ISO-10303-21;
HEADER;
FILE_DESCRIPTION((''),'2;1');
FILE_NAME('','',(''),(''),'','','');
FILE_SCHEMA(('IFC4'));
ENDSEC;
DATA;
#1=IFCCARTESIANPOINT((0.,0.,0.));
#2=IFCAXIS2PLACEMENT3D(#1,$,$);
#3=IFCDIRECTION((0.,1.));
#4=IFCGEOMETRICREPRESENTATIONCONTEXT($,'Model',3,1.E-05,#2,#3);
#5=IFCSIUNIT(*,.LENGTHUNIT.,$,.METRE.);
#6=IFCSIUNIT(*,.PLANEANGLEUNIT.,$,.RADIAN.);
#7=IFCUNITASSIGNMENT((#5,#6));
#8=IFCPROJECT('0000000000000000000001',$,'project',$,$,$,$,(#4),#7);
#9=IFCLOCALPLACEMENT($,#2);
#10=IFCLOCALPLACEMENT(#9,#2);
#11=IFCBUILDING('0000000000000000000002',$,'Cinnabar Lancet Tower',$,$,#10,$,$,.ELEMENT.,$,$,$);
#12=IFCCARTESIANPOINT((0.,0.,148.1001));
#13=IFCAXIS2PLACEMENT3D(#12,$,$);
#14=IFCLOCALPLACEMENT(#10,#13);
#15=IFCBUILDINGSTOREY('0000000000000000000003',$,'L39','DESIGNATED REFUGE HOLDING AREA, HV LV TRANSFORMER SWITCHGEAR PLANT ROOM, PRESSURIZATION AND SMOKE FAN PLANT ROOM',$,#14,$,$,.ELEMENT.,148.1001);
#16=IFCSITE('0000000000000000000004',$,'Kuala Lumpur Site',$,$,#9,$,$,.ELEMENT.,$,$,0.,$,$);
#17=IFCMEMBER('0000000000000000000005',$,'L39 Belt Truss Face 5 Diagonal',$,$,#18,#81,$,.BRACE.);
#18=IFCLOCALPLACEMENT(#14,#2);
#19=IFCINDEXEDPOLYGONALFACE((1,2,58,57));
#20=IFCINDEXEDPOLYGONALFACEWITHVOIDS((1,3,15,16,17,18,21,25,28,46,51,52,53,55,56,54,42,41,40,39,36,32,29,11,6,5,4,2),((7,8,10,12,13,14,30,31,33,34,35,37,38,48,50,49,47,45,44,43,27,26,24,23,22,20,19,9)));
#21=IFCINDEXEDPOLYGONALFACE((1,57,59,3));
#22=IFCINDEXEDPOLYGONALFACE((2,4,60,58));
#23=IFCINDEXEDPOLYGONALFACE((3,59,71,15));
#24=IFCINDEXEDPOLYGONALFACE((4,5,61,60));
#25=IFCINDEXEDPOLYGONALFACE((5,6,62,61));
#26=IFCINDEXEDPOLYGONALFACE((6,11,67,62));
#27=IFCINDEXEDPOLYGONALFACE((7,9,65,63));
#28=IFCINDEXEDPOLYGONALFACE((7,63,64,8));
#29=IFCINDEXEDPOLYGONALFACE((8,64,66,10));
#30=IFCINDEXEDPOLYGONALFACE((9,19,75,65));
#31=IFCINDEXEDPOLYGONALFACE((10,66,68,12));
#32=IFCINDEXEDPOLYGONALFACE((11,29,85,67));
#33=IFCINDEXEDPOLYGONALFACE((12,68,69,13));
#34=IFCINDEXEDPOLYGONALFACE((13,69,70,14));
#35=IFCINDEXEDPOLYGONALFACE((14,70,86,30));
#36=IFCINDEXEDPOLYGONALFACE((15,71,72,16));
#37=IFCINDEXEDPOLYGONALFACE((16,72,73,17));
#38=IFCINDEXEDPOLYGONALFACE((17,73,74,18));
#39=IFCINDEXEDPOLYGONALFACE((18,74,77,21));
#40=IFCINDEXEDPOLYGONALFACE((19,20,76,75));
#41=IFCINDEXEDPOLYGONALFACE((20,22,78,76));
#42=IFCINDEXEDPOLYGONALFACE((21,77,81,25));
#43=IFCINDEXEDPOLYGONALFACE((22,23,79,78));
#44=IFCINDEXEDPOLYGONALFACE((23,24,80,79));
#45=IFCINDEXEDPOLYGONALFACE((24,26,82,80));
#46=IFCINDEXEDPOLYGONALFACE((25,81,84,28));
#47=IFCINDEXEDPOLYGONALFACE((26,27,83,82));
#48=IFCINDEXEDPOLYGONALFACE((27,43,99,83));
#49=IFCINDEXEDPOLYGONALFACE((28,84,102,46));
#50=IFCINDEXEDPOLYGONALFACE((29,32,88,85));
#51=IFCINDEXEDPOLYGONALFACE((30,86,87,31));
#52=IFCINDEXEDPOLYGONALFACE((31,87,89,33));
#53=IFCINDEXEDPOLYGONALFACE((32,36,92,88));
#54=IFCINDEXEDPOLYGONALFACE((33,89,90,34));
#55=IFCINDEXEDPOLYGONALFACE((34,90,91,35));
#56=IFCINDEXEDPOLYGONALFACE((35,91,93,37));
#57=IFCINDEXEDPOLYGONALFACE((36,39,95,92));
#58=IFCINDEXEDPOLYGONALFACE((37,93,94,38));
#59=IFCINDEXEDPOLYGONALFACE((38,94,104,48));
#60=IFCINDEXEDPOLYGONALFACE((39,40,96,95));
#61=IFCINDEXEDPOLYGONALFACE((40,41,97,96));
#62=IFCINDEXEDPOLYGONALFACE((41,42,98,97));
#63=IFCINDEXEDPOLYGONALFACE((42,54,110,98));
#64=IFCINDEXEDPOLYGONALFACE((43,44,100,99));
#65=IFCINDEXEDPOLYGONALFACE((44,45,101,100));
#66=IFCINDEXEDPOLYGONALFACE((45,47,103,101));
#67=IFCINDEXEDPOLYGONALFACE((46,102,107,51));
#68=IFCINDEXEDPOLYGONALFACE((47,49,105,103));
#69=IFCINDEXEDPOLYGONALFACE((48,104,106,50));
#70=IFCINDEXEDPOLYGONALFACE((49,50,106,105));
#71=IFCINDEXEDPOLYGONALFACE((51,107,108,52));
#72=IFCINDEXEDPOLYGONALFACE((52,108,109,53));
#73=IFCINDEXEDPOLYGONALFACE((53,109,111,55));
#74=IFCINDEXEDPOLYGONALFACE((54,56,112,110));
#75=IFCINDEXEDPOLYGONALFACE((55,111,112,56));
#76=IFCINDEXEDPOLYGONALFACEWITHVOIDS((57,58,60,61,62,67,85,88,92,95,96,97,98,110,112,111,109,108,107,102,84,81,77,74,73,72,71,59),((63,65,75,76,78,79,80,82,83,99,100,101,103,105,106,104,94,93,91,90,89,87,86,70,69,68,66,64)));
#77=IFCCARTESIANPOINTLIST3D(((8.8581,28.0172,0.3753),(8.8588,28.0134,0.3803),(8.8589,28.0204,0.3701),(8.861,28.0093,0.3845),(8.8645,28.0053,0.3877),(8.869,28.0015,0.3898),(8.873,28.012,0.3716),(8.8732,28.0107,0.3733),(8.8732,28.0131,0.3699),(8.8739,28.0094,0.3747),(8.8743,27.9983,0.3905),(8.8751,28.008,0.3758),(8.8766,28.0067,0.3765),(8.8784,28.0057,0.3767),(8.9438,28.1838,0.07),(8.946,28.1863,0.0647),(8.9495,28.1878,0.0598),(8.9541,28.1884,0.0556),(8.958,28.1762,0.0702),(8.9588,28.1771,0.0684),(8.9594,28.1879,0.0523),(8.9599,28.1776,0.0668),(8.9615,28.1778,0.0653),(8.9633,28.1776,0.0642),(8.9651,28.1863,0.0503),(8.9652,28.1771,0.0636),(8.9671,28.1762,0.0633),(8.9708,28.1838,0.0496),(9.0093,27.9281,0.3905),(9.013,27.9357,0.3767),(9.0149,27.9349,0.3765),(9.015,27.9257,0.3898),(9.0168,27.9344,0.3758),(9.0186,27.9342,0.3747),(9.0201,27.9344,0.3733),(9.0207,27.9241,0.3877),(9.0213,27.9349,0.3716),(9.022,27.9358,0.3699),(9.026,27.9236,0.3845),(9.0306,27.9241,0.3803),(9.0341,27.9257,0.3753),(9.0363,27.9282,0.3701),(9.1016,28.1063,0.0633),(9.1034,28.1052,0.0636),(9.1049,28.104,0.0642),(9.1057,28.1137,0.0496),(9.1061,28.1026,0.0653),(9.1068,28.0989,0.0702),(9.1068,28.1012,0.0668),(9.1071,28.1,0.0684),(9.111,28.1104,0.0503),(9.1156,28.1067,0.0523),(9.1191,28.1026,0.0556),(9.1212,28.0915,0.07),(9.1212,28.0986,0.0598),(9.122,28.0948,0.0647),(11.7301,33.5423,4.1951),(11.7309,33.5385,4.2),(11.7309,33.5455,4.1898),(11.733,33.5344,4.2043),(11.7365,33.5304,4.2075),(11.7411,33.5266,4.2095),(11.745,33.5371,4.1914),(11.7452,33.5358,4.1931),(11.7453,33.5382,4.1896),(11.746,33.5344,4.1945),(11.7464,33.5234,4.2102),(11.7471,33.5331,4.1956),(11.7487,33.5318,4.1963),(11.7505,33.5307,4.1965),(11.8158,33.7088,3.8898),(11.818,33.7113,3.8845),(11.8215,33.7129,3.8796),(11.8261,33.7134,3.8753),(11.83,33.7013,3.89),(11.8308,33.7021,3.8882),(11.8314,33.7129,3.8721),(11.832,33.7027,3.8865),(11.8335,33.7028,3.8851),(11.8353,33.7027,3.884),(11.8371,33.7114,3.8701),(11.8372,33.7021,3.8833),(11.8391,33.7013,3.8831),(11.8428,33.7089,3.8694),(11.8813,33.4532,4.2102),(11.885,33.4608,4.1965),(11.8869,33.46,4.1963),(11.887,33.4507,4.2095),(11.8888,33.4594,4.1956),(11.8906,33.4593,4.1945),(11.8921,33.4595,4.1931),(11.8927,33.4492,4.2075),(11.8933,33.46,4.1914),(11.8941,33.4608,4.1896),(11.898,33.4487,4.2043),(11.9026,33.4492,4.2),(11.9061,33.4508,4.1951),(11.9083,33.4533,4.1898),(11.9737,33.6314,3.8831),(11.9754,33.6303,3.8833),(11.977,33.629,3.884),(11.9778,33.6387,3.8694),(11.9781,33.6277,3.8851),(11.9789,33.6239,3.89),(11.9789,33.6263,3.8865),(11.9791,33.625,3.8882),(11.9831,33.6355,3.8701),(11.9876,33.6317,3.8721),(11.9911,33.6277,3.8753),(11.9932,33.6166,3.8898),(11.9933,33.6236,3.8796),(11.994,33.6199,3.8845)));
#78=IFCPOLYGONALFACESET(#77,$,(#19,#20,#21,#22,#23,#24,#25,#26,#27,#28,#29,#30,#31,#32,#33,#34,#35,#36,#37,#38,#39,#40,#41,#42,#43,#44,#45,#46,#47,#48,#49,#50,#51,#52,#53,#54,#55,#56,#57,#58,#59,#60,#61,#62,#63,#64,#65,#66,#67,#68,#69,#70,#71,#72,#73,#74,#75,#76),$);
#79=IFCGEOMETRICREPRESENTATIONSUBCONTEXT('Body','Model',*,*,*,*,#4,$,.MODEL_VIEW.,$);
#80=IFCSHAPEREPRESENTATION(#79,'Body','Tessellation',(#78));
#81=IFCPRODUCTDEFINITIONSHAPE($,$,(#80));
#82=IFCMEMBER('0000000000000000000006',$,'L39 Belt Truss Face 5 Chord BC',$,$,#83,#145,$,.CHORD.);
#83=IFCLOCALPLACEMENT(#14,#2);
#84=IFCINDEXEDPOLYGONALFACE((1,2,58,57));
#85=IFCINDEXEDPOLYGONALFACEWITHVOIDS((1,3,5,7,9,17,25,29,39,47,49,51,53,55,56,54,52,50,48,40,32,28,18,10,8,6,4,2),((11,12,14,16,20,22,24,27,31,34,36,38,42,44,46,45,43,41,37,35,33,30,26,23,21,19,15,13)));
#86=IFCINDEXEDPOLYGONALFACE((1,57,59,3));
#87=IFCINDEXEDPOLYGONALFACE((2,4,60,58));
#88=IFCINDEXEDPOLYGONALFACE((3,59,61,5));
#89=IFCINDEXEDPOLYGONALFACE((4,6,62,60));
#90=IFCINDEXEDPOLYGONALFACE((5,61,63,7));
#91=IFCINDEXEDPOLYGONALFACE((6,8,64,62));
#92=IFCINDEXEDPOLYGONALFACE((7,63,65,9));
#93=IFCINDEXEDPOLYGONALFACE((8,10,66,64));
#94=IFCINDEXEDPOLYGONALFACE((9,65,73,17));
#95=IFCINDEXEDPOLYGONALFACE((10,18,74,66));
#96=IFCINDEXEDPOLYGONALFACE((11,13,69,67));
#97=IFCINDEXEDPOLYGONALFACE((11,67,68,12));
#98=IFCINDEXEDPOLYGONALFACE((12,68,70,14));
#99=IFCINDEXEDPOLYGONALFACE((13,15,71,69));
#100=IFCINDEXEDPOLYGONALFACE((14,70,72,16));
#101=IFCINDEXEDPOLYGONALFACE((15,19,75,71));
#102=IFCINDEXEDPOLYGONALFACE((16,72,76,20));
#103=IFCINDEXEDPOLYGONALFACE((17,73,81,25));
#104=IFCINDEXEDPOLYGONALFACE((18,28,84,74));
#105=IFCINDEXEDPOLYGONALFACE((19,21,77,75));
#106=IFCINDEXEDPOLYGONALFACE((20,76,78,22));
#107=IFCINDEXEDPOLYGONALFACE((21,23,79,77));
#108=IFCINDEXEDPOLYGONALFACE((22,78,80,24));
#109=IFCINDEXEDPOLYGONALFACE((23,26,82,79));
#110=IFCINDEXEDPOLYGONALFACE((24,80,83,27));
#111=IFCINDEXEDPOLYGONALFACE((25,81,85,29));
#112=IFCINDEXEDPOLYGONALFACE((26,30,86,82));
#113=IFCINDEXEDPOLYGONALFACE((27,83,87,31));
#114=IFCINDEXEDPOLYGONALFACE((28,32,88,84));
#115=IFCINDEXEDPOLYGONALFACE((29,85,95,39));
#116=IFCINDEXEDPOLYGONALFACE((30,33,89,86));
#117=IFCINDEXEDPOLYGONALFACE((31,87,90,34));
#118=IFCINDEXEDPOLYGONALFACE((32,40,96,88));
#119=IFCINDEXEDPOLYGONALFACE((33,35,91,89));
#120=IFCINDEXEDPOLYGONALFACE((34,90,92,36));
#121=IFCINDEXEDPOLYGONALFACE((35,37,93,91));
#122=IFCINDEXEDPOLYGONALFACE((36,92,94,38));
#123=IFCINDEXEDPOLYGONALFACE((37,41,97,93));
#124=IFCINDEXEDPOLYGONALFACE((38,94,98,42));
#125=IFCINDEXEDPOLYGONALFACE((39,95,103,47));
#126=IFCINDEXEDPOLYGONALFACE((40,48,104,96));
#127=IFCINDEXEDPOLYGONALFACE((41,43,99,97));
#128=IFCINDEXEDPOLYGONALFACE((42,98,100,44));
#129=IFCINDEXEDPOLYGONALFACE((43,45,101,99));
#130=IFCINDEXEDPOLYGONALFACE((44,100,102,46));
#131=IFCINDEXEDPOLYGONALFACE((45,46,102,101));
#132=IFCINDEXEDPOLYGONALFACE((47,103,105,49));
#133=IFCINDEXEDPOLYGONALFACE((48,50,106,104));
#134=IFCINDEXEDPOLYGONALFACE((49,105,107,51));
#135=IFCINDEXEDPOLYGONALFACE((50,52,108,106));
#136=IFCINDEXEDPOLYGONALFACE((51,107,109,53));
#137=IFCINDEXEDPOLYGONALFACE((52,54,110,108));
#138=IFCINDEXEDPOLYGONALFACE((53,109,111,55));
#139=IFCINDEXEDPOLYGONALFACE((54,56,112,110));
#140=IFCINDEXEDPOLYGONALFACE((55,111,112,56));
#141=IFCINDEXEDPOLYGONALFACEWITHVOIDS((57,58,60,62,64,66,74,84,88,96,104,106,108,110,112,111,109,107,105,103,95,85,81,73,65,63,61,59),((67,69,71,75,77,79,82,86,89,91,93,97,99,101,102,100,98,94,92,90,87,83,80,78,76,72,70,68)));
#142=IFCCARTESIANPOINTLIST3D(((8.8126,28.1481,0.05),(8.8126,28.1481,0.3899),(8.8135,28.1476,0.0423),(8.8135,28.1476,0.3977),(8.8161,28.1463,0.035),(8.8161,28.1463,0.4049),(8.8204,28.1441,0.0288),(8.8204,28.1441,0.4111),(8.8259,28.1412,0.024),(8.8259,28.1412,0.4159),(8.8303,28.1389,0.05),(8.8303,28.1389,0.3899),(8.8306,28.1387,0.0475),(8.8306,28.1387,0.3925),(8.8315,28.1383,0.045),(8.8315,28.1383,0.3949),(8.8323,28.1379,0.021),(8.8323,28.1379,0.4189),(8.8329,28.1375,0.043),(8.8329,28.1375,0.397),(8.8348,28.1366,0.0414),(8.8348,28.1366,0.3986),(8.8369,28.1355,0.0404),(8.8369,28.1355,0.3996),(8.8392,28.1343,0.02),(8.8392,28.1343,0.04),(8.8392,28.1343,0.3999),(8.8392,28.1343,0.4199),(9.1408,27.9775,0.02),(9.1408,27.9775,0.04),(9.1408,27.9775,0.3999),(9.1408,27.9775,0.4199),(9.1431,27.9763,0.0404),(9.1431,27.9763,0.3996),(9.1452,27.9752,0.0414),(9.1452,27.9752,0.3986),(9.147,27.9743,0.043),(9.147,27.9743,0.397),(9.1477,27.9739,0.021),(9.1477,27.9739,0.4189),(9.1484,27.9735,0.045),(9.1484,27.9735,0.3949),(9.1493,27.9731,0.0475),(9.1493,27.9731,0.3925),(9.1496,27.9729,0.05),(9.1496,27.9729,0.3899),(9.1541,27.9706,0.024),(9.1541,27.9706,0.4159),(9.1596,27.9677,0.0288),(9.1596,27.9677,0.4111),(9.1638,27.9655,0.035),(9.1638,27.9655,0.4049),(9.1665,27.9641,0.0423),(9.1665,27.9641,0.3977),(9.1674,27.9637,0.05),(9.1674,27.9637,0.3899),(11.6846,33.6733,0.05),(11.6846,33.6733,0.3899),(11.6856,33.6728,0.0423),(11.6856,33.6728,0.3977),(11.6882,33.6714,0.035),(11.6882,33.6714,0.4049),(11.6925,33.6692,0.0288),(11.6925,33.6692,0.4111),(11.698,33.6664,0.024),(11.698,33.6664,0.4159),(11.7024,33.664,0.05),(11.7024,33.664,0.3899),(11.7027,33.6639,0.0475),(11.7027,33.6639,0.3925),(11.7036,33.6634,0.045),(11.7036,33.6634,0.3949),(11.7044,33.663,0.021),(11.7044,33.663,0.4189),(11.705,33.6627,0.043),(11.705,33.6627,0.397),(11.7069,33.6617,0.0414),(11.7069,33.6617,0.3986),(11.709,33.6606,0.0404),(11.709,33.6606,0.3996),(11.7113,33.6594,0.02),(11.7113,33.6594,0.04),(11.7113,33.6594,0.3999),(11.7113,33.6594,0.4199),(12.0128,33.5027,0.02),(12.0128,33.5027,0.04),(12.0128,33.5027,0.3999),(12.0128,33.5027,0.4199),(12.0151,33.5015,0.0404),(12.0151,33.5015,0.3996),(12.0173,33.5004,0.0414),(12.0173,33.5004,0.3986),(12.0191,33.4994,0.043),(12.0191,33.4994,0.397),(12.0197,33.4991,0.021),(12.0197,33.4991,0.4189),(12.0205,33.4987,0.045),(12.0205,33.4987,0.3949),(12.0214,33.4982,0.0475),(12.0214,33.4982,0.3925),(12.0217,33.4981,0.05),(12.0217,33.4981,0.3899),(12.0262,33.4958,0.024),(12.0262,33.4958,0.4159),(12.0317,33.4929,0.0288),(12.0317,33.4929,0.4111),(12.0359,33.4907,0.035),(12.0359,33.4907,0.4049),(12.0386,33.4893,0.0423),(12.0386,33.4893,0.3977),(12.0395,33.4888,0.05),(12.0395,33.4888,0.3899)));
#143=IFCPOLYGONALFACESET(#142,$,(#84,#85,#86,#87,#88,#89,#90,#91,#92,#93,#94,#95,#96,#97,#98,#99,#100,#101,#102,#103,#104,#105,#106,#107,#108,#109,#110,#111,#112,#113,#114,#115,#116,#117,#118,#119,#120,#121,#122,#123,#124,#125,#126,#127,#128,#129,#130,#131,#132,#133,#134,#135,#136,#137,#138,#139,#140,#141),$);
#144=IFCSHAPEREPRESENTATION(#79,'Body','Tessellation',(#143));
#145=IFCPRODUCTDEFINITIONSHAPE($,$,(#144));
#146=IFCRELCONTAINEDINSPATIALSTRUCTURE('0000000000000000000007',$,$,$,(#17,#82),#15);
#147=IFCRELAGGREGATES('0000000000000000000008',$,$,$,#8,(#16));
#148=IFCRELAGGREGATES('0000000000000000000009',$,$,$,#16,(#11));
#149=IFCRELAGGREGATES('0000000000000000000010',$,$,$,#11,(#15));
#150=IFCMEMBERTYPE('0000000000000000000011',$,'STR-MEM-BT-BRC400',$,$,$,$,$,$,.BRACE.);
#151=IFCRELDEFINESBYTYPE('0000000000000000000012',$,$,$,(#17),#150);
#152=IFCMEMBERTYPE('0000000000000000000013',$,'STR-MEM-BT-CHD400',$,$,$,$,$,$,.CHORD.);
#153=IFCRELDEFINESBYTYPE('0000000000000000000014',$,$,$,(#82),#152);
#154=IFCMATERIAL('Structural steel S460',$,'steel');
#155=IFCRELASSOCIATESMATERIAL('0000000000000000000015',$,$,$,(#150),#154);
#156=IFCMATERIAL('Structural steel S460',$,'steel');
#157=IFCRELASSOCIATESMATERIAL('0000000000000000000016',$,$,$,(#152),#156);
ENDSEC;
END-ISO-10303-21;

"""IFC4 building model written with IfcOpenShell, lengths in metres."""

from ifc_helpers import new_model, si_unit, direction, frame, origin, origin_2d, place, context, subcontext, project, spatial, hollow_rectangle, extrude, material, material_profile, profile_set, type_object, element, save


model = new_model("IFC4")

# Units and contexts
model_context = context("Model", 3, precision=1e-05, world=origin(), true_north=direction((0.0, 1.0)))
body_context = subcontext(model_context, "Body", "Model", "MODEL_VIEW")
ifc_project = project(units=[si_unit("LENGTHUNIT", "METRE"), si_unit("PLANEANGLEUNIT", "RADIAN")], contexts=[model_context])

# Site, building, storey
site_placement = place(None, origin())
site = spatial("IfcSite", under=ifc_project, at=site_placement, Name="Kuala Lumpur Site", CompositionType="ELEMENT", RefElevation=0.0)
building_placement = place(site_placement, origin())
building = spatial("IfcBuilding", under=site, at=building_placement, Name="Cinnabar Lancet Tower", CompositionType="ELEMENT")
storey_placement = place(building_placement, frame((0.0, 0.0, 148.1001)))
storey = spatial("IfcBuildingStorey", under=building, at=storey_placement, Name="L39", Description="DESIGNATED REFUGE HOLDING AREA, HV LV TRANSFORMER SWITCHGEAR PLANT ROOM, PRESSURIZATION AND SMOKE FAN PLANT ROOM", CompositionType="ELEMENT", Elevation=148.1001)

# Members
ifc_material_1 = material(Name="Structural steel S460", Category="steel")
ifc_material_profile_1 = material_profile(ifc_material_1, hollow_rectangle(XDim=0.2, YDim=0.3999, WallThickness=0.0161, InnerFilletRadius=0.0081, OuterFilletRadius=0.0239, at=origin_2d()), Name="RHS 400x200x16")
ifc_profile_set_1 = profile_set([ifc_material_profile_1], Name="Structural steel S460")
member_type_1 = type_object("IfcMemberType", Name="STR-MEM-BT-BRC400", PredefinedType="BRACE", material=ifc_profile_set_1)
member_placement = place(storey_placement, frame((11.8621, 33.5811, 4.0398), z_axis=(-0.39315, -0.756323, -0.522886), x_axis=(0.887283, -0.461226, 0.0)))
element("IfcMember", 1, at=member_placement, inside=storey, type_object=member_type_1, Name="L39 Belt Truss Face 5 Diagonal", PredefinedType="BRACE", context=body_context, shape_type="SweptSolid", body=[
    extrude(hollow_rectangle(XDim=0.2, YDim=0.3999, WallThickness=0.0161, InnerFilletRadius=0.0081, OuterFilletRadius=0.0239, at=origin_2d()), origin(), (0.0, 0.0, 1.0), 7.3052),
])
ifc_material_2 = material(Name="Structural steel S460", Category="steel")
ifc_material_profile_2 = material_profile(ifc_material_2, hollow_rectangle(XDim=0.3999, YDim=0.3999, WallThickness=0.02, InnerFilletRadius=0.01, OuterFilletRadius=0.03, at=origin_2d()), Name="SHS 400x400x20")
ifc_profile_set_2 = profile_set([ifc_material_profile_2], Name="Structural steel S460")
member_type_2 = type_object("IfcMemberType", Name="STR-MEM-BT-CHD400", PredefinedType="CHORD", material=ifc_profile_set_2)
for number, where, z_axis, x_axis, name in (
    (2, (11.8621, 33.5811, 0.22), (-0.461226, -0.887283, 0.0), (0.887283, -0.461226, 0.0), "L39 Belt Truss Face 5 Chord BC"),
):
    element("IfcMember", number, at=place(storey_placement, frame(where, z_axis=z_axis, x_axis=x_axis)), inside=storey, type_object=member_type_2, Name=name, PredefinedType="CHORD", context=body_context, shape_type="SweptSolid", body=[
        extrude(hollow_rectangle(XDim=0.3999, YDim=0.3999, WallThickness=0.02, InnerFilletRadius=0.01, OuterFilletRadius=0.03, at=origin_2d()), origin(), (0.0, 0.0, 1.0), 6.2271),
    ])

save(model, "model.ifc")
